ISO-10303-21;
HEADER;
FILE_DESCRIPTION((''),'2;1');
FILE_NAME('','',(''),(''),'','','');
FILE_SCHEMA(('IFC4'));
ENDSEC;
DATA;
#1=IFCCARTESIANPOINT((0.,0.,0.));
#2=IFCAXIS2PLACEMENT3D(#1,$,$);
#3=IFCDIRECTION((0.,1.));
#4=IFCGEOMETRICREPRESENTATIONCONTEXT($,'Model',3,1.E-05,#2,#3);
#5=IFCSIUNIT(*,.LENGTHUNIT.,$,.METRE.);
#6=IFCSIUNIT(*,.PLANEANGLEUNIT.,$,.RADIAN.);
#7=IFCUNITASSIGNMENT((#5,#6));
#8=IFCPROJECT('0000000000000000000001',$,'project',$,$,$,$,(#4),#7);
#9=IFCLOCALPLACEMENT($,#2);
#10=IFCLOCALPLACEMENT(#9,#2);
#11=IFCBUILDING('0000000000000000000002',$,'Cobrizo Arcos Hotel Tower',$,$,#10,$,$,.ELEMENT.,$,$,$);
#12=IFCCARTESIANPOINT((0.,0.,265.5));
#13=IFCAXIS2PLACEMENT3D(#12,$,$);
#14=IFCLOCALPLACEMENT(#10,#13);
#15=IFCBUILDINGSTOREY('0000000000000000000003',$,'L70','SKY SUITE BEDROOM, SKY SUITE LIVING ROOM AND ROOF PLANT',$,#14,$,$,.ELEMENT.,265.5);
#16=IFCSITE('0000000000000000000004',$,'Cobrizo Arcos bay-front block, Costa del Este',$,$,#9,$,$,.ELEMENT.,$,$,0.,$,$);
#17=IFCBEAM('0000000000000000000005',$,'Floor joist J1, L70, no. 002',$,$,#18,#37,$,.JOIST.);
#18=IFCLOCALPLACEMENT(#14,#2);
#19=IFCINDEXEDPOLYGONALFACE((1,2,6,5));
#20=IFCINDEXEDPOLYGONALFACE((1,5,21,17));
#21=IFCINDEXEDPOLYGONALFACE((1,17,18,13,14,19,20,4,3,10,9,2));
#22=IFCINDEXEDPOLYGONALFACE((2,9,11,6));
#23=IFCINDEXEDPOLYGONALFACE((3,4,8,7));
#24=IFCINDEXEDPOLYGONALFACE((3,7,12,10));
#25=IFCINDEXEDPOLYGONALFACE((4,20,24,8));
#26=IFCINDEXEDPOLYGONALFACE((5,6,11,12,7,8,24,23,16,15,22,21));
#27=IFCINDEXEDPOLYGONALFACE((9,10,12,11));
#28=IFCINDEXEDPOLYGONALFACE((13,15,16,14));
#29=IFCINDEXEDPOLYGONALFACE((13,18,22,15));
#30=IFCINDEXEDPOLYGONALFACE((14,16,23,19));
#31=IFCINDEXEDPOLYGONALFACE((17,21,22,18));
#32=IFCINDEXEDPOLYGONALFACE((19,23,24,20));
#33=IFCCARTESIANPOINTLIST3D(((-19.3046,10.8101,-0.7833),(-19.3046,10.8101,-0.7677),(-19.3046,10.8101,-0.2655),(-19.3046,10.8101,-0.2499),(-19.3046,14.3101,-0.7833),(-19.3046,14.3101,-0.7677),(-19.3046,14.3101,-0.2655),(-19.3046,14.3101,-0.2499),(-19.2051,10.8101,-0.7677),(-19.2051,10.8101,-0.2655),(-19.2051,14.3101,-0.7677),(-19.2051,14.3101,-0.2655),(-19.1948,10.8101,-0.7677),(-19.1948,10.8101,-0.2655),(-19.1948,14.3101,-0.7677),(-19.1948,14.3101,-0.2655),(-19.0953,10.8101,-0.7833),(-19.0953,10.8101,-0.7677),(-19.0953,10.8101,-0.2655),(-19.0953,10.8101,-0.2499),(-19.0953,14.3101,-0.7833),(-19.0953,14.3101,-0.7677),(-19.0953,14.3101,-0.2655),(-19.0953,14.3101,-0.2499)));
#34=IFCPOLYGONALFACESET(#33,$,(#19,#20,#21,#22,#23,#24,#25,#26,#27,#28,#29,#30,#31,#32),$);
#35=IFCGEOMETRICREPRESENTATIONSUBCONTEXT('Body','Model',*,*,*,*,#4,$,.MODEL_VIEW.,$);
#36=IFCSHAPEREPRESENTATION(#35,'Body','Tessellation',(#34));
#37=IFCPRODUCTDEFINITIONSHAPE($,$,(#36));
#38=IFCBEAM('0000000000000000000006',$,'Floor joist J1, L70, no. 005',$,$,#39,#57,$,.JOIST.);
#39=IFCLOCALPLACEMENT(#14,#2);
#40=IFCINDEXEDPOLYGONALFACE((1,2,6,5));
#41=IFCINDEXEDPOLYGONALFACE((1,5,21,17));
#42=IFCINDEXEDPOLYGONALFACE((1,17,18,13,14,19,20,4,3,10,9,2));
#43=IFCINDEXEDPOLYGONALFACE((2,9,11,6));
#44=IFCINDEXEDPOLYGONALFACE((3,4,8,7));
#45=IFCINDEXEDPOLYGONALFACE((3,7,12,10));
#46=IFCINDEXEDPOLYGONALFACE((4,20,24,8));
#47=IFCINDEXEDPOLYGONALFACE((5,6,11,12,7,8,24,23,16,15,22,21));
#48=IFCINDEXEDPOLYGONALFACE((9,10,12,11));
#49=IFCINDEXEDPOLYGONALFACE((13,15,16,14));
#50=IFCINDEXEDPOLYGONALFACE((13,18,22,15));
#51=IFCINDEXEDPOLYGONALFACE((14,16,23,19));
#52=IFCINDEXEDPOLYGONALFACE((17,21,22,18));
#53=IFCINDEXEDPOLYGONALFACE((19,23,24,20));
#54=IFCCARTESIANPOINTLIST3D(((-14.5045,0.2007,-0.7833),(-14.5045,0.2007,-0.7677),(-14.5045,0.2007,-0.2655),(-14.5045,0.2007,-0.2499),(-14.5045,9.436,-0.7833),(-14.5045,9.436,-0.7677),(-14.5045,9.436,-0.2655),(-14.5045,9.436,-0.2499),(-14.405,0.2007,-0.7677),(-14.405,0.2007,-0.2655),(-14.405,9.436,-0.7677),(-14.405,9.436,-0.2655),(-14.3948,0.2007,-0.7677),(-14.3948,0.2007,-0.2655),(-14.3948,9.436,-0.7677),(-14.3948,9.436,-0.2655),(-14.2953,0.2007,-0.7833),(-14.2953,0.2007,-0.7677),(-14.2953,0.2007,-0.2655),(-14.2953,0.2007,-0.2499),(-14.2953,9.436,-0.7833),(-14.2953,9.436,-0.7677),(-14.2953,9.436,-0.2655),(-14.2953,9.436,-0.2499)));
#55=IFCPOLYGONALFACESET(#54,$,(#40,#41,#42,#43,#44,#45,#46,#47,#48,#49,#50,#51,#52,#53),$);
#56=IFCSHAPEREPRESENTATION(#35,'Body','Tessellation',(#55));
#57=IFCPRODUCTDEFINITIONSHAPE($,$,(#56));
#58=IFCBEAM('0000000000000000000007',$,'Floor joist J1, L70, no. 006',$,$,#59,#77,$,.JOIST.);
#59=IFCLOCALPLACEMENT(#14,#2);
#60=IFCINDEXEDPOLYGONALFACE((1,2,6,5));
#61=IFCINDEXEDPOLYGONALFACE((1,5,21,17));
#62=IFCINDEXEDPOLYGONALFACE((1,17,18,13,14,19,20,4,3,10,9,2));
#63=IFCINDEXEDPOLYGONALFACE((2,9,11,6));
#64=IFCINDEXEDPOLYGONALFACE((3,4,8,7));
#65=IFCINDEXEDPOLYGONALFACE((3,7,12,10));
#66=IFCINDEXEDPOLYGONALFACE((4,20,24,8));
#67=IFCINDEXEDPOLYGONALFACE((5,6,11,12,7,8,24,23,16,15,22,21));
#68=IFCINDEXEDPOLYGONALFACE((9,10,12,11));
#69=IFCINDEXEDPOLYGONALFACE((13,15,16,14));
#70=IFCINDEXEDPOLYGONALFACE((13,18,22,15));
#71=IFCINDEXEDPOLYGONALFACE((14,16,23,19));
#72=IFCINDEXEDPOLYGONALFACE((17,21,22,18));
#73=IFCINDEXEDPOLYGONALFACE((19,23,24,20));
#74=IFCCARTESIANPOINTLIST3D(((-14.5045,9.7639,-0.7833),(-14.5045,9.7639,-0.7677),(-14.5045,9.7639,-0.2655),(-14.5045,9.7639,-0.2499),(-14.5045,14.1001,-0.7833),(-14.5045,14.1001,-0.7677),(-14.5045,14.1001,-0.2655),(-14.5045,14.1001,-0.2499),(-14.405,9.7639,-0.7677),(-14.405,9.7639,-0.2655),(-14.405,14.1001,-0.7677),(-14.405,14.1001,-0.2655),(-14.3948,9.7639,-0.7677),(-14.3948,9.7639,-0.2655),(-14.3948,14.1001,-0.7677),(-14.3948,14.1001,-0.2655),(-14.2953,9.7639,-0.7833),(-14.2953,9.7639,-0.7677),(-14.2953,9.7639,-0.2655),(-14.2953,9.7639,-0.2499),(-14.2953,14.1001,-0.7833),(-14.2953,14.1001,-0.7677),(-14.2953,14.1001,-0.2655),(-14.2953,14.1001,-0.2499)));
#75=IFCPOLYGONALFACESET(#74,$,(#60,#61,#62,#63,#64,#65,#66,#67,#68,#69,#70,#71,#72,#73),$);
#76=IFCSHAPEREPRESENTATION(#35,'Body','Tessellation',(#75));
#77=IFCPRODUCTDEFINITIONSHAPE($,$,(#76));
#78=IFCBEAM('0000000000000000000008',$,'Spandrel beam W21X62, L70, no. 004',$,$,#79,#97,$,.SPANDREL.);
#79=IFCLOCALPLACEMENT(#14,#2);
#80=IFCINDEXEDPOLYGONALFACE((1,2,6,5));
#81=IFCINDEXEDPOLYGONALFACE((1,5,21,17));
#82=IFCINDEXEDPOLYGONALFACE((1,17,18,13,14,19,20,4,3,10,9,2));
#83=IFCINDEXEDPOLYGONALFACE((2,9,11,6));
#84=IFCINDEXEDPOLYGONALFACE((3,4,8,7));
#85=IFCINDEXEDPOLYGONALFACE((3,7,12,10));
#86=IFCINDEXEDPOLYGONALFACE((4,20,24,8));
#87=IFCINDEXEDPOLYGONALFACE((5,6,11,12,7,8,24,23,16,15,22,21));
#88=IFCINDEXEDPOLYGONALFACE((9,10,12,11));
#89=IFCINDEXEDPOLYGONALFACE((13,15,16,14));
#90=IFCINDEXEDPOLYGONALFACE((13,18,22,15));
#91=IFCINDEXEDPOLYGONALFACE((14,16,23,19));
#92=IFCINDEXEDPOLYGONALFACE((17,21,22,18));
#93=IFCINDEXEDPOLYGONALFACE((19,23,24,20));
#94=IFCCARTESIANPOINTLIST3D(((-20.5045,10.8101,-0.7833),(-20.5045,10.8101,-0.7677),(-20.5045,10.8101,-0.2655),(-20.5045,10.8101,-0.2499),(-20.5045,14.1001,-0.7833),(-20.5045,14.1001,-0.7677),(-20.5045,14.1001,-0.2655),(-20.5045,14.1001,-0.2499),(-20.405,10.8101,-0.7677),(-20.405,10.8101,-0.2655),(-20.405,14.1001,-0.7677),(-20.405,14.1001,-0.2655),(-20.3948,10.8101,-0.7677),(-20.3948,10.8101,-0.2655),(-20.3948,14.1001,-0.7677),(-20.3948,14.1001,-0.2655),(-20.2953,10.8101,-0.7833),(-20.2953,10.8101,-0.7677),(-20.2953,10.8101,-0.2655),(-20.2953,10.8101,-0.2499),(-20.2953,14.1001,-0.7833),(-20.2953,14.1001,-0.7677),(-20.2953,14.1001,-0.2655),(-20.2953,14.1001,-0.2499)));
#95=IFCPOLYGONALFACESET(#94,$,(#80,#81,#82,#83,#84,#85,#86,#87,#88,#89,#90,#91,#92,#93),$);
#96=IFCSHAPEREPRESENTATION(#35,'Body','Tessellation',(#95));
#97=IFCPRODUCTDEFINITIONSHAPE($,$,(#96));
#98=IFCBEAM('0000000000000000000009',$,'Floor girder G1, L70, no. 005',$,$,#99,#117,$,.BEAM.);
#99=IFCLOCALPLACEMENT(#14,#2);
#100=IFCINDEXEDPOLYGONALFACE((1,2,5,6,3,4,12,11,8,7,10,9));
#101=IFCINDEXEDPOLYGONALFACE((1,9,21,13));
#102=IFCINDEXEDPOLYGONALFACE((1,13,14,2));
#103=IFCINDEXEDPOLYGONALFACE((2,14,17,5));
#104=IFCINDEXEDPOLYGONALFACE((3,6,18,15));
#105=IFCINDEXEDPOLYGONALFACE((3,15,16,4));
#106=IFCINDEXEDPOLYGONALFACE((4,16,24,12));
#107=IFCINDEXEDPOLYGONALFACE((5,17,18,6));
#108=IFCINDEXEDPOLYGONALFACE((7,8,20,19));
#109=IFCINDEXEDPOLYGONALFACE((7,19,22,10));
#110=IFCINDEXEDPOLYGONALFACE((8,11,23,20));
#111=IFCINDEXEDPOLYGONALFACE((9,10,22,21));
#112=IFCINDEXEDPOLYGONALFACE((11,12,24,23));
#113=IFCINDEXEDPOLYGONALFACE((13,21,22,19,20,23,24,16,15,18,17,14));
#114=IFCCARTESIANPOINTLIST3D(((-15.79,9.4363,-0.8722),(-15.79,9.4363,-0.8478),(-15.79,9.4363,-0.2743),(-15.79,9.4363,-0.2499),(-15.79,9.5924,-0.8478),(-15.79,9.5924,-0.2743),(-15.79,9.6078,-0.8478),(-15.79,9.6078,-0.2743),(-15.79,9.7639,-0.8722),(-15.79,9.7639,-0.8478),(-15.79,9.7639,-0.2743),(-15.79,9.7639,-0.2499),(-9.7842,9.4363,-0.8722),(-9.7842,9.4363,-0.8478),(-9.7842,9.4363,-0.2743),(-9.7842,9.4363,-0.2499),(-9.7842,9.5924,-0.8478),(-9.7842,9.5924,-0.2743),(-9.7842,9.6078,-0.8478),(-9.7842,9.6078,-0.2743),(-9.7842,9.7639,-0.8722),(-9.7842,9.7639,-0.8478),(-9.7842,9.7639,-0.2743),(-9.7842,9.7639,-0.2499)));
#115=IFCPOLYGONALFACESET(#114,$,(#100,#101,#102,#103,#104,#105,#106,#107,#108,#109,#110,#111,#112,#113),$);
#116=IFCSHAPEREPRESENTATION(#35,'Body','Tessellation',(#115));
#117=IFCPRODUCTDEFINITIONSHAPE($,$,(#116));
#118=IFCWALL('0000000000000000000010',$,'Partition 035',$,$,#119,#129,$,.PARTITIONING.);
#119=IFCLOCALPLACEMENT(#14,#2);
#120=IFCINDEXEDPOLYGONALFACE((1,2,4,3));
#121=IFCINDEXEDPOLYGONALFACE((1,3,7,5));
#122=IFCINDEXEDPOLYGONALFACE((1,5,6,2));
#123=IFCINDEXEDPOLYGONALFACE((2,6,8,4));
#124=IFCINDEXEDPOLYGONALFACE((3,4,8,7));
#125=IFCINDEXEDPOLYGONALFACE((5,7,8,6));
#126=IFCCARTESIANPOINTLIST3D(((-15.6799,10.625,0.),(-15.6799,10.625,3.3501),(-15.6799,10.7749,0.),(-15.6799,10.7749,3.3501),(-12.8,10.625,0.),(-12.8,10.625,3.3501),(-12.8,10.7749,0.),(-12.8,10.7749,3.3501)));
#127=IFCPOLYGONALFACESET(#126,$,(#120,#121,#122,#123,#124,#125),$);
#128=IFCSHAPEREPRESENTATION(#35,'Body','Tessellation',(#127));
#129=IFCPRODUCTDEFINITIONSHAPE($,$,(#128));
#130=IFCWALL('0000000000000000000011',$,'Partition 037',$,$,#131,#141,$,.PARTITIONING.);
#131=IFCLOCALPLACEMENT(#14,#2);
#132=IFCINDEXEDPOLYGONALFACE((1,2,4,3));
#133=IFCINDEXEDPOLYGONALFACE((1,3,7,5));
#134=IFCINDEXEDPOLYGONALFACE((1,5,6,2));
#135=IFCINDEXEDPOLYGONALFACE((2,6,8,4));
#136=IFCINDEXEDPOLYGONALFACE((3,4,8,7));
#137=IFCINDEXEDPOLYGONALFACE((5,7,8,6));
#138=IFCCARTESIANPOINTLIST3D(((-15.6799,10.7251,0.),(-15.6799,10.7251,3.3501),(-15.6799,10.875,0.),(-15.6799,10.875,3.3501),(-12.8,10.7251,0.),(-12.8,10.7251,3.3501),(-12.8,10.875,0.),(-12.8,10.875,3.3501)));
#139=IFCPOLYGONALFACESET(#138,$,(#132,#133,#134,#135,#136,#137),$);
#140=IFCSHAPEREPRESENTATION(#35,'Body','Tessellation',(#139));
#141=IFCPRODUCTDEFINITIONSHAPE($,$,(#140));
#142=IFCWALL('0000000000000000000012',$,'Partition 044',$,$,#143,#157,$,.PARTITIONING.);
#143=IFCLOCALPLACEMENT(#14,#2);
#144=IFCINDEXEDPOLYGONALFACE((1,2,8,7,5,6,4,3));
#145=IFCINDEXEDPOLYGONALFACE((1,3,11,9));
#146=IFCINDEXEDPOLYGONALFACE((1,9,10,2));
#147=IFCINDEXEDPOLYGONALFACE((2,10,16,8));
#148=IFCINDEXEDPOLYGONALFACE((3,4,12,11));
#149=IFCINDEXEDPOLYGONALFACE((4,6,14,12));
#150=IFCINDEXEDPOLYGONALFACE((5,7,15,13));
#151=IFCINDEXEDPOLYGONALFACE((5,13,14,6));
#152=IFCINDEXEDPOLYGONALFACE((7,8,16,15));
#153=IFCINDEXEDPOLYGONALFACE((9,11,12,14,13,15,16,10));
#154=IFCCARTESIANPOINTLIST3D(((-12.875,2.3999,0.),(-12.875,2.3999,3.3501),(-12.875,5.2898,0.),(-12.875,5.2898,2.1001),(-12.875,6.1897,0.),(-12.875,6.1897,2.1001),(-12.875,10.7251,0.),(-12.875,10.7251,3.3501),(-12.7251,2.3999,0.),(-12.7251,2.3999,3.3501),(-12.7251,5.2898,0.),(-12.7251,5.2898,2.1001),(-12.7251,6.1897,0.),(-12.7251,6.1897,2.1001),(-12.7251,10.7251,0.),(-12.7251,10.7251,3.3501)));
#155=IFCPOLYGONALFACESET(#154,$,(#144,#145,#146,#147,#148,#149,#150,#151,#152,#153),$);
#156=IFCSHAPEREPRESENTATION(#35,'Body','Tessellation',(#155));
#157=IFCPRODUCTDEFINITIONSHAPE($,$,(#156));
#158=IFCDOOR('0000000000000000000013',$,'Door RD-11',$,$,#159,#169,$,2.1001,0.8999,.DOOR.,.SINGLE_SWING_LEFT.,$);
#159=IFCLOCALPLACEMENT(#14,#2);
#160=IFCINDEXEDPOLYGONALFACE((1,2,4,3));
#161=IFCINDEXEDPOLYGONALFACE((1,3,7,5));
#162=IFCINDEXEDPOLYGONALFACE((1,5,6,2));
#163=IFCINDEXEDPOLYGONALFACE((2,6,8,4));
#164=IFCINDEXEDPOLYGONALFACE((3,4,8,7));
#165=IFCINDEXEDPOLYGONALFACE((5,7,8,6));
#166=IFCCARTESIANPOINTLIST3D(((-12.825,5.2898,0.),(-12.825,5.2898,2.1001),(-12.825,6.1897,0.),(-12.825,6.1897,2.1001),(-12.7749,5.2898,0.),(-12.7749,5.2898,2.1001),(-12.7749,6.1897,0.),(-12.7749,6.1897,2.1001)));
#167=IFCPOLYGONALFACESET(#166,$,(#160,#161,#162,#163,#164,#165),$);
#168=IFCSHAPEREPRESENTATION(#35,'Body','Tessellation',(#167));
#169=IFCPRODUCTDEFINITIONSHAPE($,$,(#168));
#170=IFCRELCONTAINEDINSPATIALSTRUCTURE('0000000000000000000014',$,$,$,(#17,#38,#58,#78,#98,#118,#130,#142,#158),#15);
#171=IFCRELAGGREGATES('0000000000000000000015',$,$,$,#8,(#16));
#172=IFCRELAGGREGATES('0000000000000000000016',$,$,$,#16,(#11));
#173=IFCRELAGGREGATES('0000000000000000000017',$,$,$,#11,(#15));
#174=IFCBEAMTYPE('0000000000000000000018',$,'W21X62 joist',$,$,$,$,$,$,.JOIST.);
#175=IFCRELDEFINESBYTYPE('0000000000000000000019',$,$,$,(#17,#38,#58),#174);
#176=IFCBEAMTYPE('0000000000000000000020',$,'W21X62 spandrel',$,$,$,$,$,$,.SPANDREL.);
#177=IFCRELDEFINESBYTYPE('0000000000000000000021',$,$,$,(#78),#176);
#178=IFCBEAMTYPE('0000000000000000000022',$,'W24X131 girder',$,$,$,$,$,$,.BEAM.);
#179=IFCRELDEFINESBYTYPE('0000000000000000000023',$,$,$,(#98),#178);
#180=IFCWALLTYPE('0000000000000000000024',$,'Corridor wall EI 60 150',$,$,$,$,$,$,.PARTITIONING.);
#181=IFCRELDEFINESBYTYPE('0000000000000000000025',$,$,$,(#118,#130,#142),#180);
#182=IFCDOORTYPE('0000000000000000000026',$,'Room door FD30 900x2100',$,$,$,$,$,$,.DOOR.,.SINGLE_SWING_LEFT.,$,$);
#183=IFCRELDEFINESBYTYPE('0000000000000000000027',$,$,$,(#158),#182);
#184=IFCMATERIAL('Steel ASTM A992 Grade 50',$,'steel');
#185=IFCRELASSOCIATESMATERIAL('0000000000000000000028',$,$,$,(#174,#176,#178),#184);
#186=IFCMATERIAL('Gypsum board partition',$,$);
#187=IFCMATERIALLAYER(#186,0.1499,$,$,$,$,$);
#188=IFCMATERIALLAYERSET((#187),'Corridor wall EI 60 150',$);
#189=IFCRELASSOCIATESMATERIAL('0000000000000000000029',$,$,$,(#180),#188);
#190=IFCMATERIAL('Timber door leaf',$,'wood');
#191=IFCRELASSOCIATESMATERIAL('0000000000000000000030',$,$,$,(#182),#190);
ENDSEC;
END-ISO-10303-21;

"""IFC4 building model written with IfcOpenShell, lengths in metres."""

from ifc_helpers import new_model, si_unit, direction, frame, frame_2d, origin, origin_2d, place, context, subcontext, project, spatial, rectangle, i_section, extrude, material, layer, layer_set, material_profile, profile_set, type_object, element, fill, save


model = new_model("IFC4")

# Units and contexts
model_context = context("Model", 3, precision=1e-05, world=origin(), true_north=direction((0.0, 1.0)))
body_context = subcontext(model_context, "Body", "Model", "MODEL_VIEW")
ifc_project = project(units=[si_unit("LENGTHUNIT", "METRE"), si_unit("PLANEANGLEUNIT", "RADIAN")], contexts=[model_context])

# Site, building, storey
site_placement = place(None, origin())
site = spatial("IfcSite", under=ifc_project, at=site_placement, Name="Cobrizo Arcos bay-front block, Costa del Este", CompositionType="ELEMENT", RefElevation=0.0)
building_placement = place(site_placement, origin())
building = spatial("IfcBuilding", under=site, at=building_placement, Name="Cobrizo Arcos Hotel Tower", CompositionType="ELEMENT")
storey_placement = place(building_placement, frame((0.0, 0.0, 265.5)))
storey = spatial("IfcBuildingStorey", under=building, at=storey_placement, Name="L70", Description="SKY SUITE BEDROOM, SKY SUITE LIVING ROOM AND ROOF PLANT", CompositionType="ELEMENT", Elevation=265.5)

# Beams
ifc_material_1 = material(Name="Steel ASTM A992 Grade 50", Category="steel")
ifc_material_profile_1 = material_profile(ifc_material_1, i_section(OverallWidth=0.2092, OverallDepth=0.5334, WebThickness=0.0103, FlangeThickness=0.0156, at=origin_2d()), Name="W21X62")
ifc_profile_set_1 = profile_set([ifc_material_profile_1], Name="Steel ASTM A992 Grade 50")
beam_type_1 = type_object("IfcBeamType", Name="W21X62 joist", PredefinedType="JOIST", material=ifc_profile_set_1)
beam_1_placement = place(storey_placement, frame((-19.2, 10.8101, -0.5166), z_axis=(0.0, 1.0, 0.0), x_axis=(-1.0, 0.0, 0.0)))
element("IfcBeam", 1, at=beam_1_placement, inside=storey, type_object=beam_type_1, Name="Floor joist J1, L70, no. 002", PredefinedType="JOIST", context=body_context, shape_type="SweptSolid", body=[
    extrude(i_section(OverallWidth=0.2092, OverallDepth=0.5334, WebThickness=0.0103, FlangeThickness=0.0156, at=origin_2d()), origin(), (0.0, 0.0, 1.0), 3.5),
])
beam_2_placement = place(storey_placement, frame((-14.3999, 0.2007, -0.5166), z_axis=(0.0, 1.0, 0.0), x_axis=(-1.0, 0.0, 0.0)))
element("IfcBeam", 2, at=beam_2_placement, inside=storey, type_object=beam_type_1, Name="Floor joist J1, L70, no. 005", PredefinedType="JOIST", context=body_context, shape_type="SweptSolid", body=[
    extrude(i_section(OverallWidth=0.2092, OverallDepth=0.5334, WebThickness=0.0103, FlangeThickness=0.0156, at=origin_2d()), origin(), (0.0, 0.0, 1.0), 9.2354),
])
beam_3_placement = place(storey_placement, frame((-14.3999, 9.7639, -0.5166), z_axis=(0.0, 1.0, 0.0), x_axis=(-1.0, 0.0, 0.0)))
element("IfcBeam", 3, at=beam_3_placement, inside=storey, type_object=beam_type_1, Name="Floor joist J1, L70, no. 006", PredefinedType="JOIST", context=body_context, shape_type="SweptSolid", body=[
    extrude(i_section(OverallWidth=0.2092, OverallDepth=0.5334, WebThickness=0.0103, FlangeThickness=0.0156, at=origin_2d()), origin(), (0.0, 0.0, 1.0), 4.3362),
])
ifc_material_profile_2 = material_profile(ifc_material_1, i_section(OverallWidth=0.2092, OverallDepth=0.5334, WebThickness=0.0103, FlangeThickness=0.0156, at=origin_2d()), Name="W21X62")
ifc_profile_set_2 = profile_set([ifc_material_profile_2], Name="Steel ASTM A992 Grade 50")
beam_type_2 = type_object("IfcBeamType", Name="W21X62 spandrel", PredefinedType="SPANDREL", material=ifc_profile_set_2)
beam_4_placement = place(storey_placement, frame((-20.3999, 10.8101, -0.5166), z_axis=(0.0, 1.0, 0.0), x_axis=(-1.0, 0.0, 0.0)))
element("IfcBeam", 4, at=beam_4_placement, inside=storey, type_object=beam_type_2, Name="Spandrel beam W21X62, L70, no. 004", PredefinedType="SPANDREL", context=body_context, shape_type="SweptSolid", body=[
    extrude(i_section(OverallWidth=0.2092, OverallDepth=0.5334, WebThickness=0.0103, FlangeThickness=0.0156, at=origin_2d()), origin(), (0.0, 0.0, 1.0), 3.29),
])
ifc_material_profile_3 = material_profile(ifc_material_1, i_section(OverallWidth=0.3276, OverallDepth=0.6223, WebThickness=0.0154, FlangeThickness=0.0244, at=origin_2d()), Name="W24X131")
ifc_profile_set_3 = profile_set([ifc_material_profile_3], Name="Steel ASTM A992 Grade 50")
beam_type_3 = type_object("IfcBeamType", Name="W24X131 girder", PredefinedType="BEAM", material=ifc_profile_set_3)
beam_5_placement = place(storey_placement, frame((-15.79, 9.6001, -0.561), z_axis=(1.0, 0.0, 0.0), x_axis=(0.0, 1.0, 0.0)))
element("IfcBeam", 5, at=beam_5_placement, inside=storey, type_object=beam_type_3, Name="Floor girder G1, L70, no. 005", PredefinedType="BEAM", context=body_context, shape_type="SweptSolid", body=[
    extrude(i_section(OverallWidth=0.3276, OverallDepth=0.6223, WebThickness=0.0154, FlangeThickness=0.0244, at=origin_2d()), origin(), (0.0, 0.0, 1.0), 6.0059),
])

# Walls
ifc_material_2 = material(Name="Gypsum board partition")
ifc_layer_1 = layer(ifc_material_2, 0.1499)
ifc_layer_set_1 = layer_set([ifc_layer_1], Name="Corridor wall EI 60 150")
wall_type_1 = type_object("IfcWallType", Name="Corridor wall EI 60 150", PredefinedType="PARTITIONING", material=ifc_layer_set_1)
for number, where, z_axis, x_axis, name in (
    (6, (-15.6799, 10.7, 0.0), (0.0, 0.0, 1.0), (1.0, 0.0, 0.0), "Partition 035"),
    (7, (-15.6799, 10.8, 0.0), (0.0, 0.0, 1.0), (1.0, 0.0, 0.0), "Partition 037"),
):
    element("IfcWall", number, at=place(storey_placement, frame(where, z_axis=z_axis, x_axis=x_axis)), inside=storey, type_object=wall_type_1, Name=name, PredefinedType="PARTITIONING", context=body_context, shape_type="SweptSolid", body=[
        extrude(rectangle(XDim=2.8799, YDim=0.1499, at=frame_2d((1.4399, 0.0))), origin(), (0.0, 0.0, 1.0), 3.3501),
    ])

# Wall, opening, door
wall_1_placement = place(storey_placement, frame((-12.8, 2.3999, 0.0), z_axis=(0.0, 0.0, 1.0), x_axis=(0.0, 1.0, 0.0)))
wall_1 = element("IfcWall", 8, at=wall_1_placement, inside=storey, type_object=wall_type_1, Name="Partition 044", PredefinedType="PARTITIONING", context=body_context, shape_type="SweptSolid", body=[
    extrude(rectangle(XDim=8.3252, YDim=0.1499, at=frame_2d((4.1626, 0.0))), origin(), (0.0, 0.0, 1.0), 3.3501),
])
opening_1_placement = place(wall_1_placement, frame((2.8899, 0.0, 0.0)))
opening_1 = element("IfcOpeningElement", 9, at=opening_1_placement, cuts=wall_1, PredefinedType="OPENING", context=body_context, shape_type="SweptSolid", body=[
    extrude(rectangle(XDim=0.8999, YDim=2.1001, at=frame_2d((0.45, 1.05))), frame((0.0, 0.0869, 0.0), z_axis=(0.0, -1.0, 0.0), x_axis=(1.0, 0.0, 0.0)), (0.0, 0.0, 1.0), 0.1738),
])
ifc_material_3 = material(Name="Timber door leaf", Category="wood")
door_type_1 = type_object("IfcDoorType", Name="Room door FD30 900x2100", OperationType="SINGLE_SWING_LEFT", PredefinedType="DOOR", material=ifc_material_3)
door_1_placement = place(opening_1_placement, origin())
door_1 = element("IfcDoor", 10, at=door_1_placement, inside=storey, type_object=door_type_1, Name="Door RD-11", OperationType="SINGLE_SWING_LEFT", OverallHeight=2.1001, OverallWidth=0.8999, PredefinedType="DOOR", context=body_context, shape_type="SweptSolid", body=[
    extrude(rectangle(XDim=0.8999, YDim=2.1001, at=frame_2d((0.45, 1.05))), frame((0.0, 0.0249, 0.0), z_axis=(0.0, -1.0, 0.0), x_axis=(1.0, 0.0, 0.0)), (0.0, 0.0, 1.0), 0.05),
])
fill(opening_1, door_1)

save(model, "model.ifc")
